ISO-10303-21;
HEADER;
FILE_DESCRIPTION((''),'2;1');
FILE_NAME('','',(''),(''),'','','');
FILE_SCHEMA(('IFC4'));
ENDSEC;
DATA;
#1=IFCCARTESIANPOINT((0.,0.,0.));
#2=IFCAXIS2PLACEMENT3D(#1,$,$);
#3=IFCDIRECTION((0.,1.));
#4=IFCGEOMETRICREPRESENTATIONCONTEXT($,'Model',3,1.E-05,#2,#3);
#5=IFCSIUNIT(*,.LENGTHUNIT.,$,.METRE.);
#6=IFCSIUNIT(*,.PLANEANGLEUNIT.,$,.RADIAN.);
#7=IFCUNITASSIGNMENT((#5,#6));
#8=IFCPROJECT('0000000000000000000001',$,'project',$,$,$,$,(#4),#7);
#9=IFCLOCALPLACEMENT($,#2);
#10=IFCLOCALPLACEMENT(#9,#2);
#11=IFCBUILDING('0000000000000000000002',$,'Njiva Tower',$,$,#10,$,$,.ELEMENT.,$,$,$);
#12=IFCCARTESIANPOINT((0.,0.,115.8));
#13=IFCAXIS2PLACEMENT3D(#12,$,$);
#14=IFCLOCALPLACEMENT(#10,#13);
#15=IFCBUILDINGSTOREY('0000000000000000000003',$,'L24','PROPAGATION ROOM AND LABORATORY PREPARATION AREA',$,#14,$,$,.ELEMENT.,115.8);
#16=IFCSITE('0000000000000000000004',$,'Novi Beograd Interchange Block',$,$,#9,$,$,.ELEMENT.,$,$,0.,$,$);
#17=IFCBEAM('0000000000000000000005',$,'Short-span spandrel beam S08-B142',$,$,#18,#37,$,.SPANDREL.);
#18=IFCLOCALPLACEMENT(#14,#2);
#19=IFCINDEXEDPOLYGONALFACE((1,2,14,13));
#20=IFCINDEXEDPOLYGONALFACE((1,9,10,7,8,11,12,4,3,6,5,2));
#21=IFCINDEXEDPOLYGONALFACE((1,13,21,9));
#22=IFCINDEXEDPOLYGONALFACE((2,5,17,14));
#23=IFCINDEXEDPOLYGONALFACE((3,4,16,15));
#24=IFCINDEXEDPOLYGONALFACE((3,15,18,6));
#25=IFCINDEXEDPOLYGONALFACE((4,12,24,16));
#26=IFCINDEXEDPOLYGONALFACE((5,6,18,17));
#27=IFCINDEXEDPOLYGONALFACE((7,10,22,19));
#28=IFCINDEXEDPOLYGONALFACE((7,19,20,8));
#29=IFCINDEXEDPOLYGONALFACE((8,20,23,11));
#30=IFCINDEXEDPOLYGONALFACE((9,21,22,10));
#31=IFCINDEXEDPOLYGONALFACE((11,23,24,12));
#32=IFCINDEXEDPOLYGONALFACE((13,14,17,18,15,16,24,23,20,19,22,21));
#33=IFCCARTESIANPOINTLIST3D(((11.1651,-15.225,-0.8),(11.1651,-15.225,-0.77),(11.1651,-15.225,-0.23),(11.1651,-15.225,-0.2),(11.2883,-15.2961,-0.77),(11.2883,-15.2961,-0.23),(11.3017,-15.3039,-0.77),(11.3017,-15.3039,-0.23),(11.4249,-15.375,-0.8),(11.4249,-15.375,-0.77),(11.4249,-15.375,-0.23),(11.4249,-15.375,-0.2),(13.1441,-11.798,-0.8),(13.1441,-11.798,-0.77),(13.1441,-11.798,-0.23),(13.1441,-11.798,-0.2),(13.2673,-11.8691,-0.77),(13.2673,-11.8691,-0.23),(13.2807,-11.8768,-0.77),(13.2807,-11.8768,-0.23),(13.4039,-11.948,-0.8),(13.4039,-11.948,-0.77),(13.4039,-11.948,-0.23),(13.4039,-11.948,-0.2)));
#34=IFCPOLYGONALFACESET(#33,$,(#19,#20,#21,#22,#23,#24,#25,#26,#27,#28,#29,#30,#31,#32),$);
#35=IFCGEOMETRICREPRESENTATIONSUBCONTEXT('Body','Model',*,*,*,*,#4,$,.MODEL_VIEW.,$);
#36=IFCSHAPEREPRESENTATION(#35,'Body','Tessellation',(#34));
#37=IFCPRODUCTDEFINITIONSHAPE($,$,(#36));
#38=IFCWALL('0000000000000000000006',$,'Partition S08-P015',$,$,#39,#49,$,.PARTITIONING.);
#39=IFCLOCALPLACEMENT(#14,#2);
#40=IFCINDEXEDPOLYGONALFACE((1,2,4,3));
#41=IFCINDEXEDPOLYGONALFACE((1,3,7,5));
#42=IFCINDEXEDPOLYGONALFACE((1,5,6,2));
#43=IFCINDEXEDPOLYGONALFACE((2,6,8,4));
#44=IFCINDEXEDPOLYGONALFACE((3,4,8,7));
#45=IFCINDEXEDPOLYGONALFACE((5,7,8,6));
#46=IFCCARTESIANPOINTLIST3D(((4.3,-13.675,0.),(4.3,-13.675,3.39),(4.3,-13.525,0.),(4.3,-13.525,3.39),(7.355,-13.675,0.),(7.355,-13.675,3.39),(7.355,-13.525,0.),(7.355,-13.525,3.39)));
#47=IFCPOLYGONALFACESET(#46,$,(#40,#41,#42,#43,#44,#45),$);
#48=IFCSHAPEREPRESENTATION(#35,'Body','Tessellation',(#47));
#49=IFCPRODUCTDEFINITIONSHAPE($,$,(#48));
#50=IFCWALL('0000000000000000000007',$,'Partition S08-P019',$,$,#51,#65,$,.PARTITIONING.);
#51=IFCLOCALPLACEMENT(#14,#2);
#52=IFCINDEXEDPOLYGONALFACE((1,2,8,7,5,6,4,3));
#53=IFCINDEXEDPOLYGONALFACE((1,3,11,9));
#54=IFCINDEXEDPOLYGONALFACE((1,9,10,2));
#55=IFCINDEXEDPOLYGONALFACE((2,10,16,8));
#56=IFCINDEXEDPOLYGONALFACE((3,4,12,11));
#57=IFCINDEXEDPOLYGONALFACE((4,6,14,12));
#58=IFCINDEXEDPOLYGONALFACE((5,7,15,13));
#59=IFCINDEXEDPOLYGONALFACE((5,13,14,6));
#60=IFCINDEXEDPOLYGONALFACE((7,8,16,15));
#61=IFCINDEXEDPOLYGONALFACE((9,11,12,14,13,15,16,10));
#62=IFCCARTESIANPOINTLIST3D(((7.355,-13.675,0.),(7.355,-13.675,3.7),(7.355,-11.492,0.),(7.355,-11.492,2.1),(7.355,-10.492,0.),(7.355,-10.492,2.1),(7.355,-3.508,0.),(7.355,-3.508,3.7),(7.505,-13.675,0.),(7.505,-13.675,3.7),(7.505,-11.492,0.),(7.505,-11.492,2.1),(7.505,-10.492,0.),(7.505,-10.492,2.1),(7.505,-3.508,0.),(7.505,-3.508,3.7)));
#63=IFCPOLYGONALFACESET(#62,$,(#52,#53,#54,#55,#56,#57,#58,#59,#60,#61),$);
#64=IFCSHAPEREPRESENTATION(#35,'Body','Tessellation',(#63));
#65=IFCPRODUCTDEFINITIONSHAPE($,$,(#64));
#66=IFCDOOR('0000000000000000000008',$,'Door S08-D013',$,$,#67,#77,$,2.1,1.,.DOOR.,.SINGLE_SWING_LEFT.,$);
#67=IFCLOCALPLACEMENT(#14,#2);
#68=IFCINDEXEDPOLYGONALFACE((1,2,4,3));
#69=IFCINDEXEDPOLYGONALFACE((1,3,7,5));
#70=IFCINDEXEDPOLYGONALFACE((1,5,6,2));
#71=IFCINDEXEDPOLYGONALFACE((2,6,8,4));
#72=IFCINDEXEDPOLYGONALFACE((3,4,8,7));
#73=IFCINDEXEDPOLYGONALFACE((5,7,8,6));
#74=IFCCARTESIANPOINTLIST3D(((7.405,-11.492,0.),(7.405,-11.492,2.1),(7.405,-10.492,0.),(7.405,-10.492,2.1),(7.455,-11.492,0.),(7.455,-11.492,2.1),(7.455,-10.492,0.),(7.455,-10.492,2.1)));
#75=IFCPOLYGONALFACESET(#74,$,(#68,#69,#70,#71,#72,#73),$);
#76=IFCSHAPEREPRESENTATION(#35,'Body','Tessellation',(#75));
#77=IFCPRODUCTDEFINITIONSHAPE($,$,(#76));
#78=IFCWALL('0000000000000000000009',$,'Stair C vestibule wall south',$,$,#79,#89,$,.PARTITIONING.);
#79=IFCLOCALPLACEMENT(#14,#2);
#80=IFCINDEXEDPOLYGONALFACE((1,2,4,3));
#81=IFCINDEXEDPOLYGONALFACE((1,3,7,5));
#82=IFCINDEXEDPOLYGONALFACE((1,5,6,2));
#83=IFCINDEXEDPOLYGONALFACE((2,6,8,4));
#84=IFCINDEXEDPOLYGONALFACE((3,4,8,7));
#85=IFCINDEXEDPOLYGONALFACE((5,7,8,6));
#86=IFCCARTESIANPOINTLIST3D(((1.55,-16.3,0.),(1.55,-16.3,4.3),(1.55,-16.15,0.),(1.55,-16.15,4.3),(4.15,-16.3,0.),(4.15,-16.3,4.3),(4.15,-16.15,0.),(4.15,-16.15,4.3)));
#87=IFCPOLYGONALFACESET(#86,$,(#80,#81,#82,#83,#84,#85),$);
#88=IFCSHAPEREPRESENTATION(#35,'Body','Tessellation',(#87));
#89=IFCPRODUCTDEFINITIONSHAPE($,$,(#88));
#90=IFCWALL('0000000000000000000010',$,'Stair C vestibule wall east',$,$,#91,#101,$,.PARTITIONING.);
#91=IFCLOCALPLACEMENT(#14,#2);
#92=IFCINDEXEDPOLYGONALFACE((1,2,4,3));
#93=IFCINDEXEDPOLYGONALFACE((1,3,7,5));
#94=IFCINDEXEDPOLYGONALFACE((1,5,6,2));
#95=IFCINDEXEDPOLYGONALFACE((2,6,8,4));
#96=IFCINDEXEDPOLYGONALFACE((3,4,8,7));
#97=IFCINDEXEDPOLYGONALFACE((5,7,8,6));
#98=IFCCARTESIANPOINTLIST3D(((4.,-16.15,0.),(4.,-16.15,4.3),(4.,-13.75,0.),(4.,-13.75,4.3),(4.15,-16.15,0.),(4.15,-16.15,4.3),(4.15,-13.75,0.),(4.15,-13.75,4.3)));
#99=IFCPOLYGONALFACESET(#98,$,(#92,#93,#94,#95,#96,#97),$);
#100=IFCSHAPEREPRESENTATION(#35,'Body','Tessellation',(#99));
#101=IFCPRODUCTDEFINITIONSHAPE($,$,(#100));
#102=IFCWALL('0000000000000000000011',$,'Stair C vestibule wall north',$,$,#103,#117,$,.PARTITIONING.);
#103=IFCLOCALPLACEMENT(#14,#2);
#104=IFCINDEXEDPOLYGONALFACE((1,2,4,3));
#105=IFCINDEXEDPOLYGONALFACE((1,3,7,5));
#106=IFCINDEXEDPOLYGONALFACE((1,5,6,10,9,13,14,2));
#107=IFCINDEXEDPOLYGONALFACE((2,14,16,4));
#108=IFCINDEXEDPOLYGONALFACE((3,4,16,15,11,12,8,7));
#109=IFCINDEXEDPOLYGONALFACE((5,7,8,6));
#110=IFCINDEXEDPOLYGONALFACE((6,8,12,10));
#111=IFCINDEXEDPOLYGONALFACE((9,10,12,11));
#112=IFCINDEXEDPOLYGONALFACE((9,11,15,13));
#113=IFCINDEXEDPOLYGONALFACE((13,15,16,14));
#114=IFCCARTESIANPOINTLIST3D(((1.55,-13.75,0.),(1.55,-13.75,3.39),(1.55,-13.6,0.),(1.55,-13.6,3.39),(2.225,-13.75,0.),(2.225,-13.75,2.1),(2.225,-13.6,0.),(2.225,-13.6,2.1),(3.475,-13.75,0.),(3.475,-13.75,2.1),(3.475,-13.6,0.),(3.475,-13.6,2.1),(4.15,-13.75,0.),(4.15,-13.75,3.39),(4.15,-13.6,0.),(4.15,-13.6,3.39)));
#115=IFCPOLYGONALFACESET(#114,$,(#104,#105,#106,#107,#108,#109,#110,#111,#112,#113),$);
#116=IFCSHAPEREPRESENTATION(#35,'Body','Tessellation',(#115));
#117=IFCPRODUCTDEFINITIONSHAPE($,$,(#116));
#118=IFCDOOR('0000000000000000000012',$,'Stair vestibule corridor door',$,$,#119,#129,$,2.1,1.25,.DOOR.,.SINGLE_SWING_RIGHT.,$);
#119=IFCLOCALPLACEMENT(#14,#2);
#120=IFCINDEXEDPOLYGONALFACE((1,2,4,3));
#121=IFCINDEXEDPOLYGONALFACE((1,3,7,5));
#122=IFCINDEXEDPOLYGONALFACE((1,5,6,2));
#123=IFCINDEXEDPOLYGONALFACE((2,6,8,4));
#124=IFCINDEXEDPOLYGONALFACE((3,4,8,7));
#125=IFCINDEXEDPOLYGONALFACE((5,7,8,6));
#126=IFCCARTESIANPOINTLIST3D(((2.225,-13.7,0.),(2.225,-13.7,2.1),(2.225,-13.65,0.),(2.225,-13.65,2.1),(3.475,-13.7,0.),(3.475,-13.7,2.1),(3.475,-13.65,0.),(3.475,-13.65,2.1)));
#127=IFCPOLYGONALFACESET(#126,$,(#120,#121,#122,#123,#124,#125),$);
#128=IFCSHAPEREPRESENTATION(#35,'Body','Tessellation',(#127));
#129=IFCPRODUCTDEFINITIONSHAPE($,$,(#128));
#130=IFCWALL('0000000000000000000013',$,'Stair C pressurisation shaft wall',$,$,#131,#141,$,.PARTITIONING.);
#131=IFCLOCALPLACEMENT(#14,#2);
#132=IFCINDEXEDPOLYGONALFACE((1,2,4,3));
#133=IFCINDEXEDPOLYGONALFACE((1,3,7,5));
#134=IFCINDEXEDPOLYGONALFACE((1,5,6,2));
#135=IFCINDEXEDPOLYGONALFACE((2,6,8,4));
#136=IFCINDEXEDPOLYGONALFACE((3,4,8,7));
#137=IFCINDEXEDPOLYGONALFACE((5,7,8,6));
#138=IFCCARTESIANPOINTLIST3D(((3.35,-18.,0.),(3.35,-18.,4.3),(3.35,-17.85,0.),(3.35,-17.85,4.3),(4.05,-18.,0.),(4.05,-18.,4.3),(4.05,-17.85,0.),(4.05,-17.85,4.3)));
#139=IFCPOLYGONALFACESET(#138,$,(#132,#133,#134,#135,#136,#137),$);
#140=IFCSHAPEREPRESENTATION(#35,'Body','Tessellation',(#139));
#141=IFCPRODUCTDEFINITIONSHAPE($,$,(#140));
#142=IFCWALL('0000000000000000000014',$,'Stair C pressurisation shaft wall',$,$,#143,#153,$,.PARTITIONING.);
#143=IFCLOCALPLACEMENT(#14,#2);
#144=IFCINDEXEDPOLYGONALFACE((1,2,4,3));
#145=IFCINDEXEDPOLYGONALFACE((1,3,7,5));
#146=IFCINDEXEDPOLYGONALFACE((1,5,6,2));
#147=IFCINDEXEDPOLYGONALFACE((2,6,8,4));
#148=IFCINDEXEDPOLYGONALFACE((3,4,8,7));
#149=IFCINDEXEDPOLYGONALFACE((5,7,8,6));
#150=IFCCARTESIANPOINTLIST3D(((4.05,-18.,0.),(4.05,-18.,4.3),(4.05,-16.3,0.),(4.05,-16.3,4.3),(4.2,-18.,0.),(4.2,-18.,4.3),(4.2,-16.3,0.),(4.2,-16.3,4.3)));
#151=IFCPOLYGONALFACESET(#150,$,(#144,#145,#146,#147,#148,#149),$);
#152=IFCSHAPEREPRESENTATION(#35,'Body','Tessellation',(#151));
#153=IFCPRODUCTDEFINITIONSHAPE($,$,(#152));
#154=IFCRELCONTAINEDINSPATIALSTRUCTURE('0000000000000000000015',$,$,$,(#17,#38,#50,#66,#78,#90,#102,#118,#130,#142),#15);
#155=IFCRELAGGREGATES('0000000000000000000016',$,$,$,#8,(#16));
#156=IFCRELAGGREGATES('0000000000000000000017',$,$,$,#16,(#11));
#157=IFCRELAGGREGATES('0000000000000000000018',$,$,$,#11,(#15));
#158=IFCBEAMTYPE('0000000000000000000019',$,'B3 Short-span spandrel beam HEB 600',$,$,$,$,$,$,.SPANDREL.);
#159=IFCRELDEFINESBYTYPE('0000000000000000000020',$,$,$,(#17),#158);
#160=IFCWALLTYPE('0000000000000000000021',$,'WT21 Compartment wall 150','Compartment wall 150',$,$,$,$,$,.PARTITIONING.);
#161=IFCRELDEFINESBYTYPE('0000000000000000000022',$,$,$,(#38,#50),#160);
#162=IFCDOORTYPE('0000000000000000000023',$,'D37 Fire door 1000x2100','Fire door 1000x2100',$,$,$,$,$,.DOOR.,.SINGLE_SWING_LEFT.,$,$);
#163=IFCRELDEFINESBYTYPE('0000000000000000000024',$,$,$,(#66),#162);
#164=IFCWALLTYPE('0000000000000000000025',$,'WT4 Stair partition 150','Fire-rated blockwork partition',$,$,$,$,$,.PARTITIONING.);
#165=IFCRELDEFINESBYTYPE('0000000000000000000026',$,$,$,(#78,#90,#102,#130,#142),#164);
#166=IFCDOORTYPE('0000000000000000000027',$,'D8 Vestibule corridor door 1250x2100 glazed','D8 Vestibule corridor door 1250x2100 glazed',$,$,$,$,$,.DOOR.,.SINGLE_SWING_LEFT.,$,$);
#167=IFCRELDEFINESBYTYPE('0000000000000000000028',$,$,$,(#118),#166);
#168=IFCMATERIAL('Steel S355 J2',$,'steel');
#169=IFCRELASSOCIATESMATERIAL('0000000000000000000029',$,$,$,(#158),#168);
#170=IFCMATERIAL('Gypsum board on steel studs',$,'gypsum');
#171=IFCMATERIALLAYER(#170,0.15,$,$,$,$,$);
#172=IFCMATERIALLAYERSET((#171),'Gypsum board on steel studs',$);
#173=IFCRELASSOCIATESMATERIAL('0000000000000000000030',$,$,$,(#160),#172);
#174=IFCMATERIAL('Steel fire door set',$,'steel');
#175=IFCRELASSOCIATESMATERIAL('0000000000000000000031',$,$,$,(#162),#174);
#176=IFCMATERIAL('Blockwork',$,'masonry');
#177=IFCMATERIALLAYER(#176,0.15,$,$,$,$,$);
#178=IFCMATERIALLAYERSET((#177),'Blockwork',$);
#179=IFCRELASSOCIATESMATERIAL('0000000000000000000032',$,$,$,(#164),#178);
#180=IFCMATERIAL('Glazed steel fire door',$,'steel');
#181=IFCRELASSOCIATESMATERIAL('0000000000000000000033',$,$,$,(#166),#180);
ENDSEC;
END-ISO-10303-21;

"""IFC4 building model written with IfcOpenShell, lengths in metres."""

from ifc_helpers import new_model, si_unit, direction, frame, frame_2d, origin, origin_2d, place, context, subcontext, project, spatial, rectangle, i_section, extrude, material, layer, layer_set, material_profile, profile_set, type_object, element, fill, save


model = new_model("IFC4")

# Units and contexts
model_context = context("Model", 3, precision=1e-05, world=origin(), true_north=direction((0.0, 1.0)))
body_context = subcontext(model_context, "Body", "Model", "MODEL_VIEW")
ifc_project = project(units=[si_unit("LENGTHUNIT", "METRE"), si_unit("PLANEANGLEUNIT", "RADIAN")], contexts=[model_context])

# Site, building, storey
site_placement = place(None, origin())
site = spatial("IfcSite", under=ifc_project, at=site_placement, Name="Novi Beograd Interchange Block", CompositionType="ELEMENT", RefElevation=0.0)
building_placement = place(site_placement, origin())
building = spatial("IfcBuilding", under=site, at=building_placement, Name="Njiva Tower", CompositionType="ELEMENT")
storey_placement = place(building_placement, frame((0.0, 0.0, 115.8)))
storey = spatial("IfcBuildingStorey", under=building, at=storey_placement, Name="L24", Description="PROPAGATION ROOM AND LABORATORY PREPARATION AREA", CompositionType="ELEMENT", Elevation=115.8)

# Shared definitions
ifc_material_1 = material(Name="Steel S355 J2", Category="steel")

# Beam
ifc_material_profile_1 = material_profile(ifc_material_1, i_section(OverallWidth=0.3, OverallDepth=0.6, WebThickness=0.0155, FlangeThickness=0.03, at=origin_2d()), Name="HEB 600")
ifc_profile_set_1 = profile_set([ifc_material_profile_1], Name="Steel S355 J2")
beam_type_1 = type_object("IfcBeamType", Name="B3 Short-span spandrel beam HEB 600", PredefinedType="SPANDREL", material=ifc_profile_set_1)
beam_1_placement = place(storey_placement, frame((11.295, -15.3, -0.5), z_axis=(0.50008, 0.865979, 0.0), x_axis=(-0.865979, 0.50008, 0.0)))
element("IfcBeam", 1, at=beam_1_placement, inside=storey, type_object=beam_type_1, Name="Short-span spandrel beam S08-B142", PredefinedType="SPANDREL", context=body_context, shape_type="SweptSolid", body=[
    extrude(i_section(OverallWidth=0.3, OverallDepth=0.6, WebThickness=0.0155, FlangeThickness=0.03, at=origin_2d()), origin(), (0.0, 0.0, 1.0), 3.9574),
])

# Wall
ifc_material_2 = material(Name="Gypsum board on steel studs", Category="gypsum")
ifc_layer_1 = layer(ifc_material_2, 0.15)
ifc_layer_set_1 = layer_set([ifc_layer_1], Name="Gypsum board on steel studs")
wall_type_1 = type_object("IfcWallType", Name="WT21 Compartment wall 150", Description="Compartment wall 150", PredefinedType="PARTITIONING", material=ifc_layer_set_1)
wall_1_placement = place(storey_placement, frame((4.3, -13.6, 0.0), z_axis=(0.0, 0.0, 1.0), x_axis=(1.0, 0.0, 0.0)))
element("IfcWall", 2, at=wall_1_placement, inside=storey, type_object=wall_type_1, Name="Partition S08-P015", PredefinedType="PARTITIONING", context=body_context, shape_type="SweptSolid", body=[
    extrude(rectangle(XDim=3.055, YDim=0.15, at=frame_2d((1.5275, 0.0))), origin(), (0.0, 0.0, 1.0), 3.39),
])

# Wall, opening, door
wall_2_placement = place(storey_placement, frame((7.43, -13.675, 0.0), z_axis=(0.0, 0.0, 1.0), x_axis=(0.0, 1.0, 0.0)))
wall_2 = element("IfcWall", 3, at=wall_2_placement, inside=storey, type_object=wall_type_1, Name="Partition S08-P019", PredefinedType="PARTITIONING", context=body_context, shape_type="SweptSolid", body=[
    extrude(rectangle(XDim=10.167, YDim=0.15, at=frame_2d((5.0835, 0.0))), origin(), (0.0, 0.0, 1.0), 3.7),
])
opening_1_placement = place(wall_2_placement, frame((2.183, 0.0, 0.0)))
opening_1 = element("IfcOpeningElement", 4, at=opening_1_placement, cuts=wall_2, PredefinedType="OPENING", context=body_context, shape_type="SweptSolid", body=[
    extrude(rectangle(XDim=1.0, YDim=2.1, at=frame_2d((0.5, 1.05))), frame((0.0, 0.085, 0.0), z_axis=(0.0, -1.0, 0.0), x_axis=(1.0, 0.0, 0.0)), (0.0, 0.0, 1.0), 0.17),
])
ifc_material_3 = material(Name="Steel fire door set", Category="steel")
door_type_1 = type_object("IfcDoorType", Name="D37 Fire door 1000x2100", Description="Fire door 1000x2100", OperationType="SINGLE_SWING_LEFT", PredefinedType="DOOR", material=ifc_material_3)
door_1_placement = place(opening_1_placement, origin())
door_1 = element("IfcDoor", 5, at=door_1_placement, inside=storey, type_object=door_type_1, Name="Door S08-D013", OperationType="SINGLE_SWING_LEFT", OverallHeight=2.1, OverallWidth=1.0, PredefinedType="DOOR", context=body_context, shape_type="SweptSolid", body=[
    extrude(rectangle(XDim=1.0, YDim=2.1, at=frame_2d((0.5, 1.05))), frame((0.0, 0.025, 0.0), z_axis=(0.0, -1.0, 0.0), x_axis=(1.0, 0.0, 0.0)), (0.0, 0.0, 1.0), 0.05),
])
fill(opening_1, door_1)

# Walls
ifc_material_4 = material(Name="Blockwork", Category="masonry")
ifc_layer_2 = layer(ifc_material_4, 0.15)
ifc_layer_set_2 = layer_set([ifc_layer_2], Name="Blockwork")
wall_type_2 = type_object("IfcWallType", Name="WT4 Stair partition 150", Description="Fire-rated blockwork partition", PredefinedType="PARTITIONING", material=ifc_layer_set_2)
wall_3_placement = place(storey_placement, frame((1.55, -16.225, 0.0), z_axis=(0.0, 0.0, 1.0), x_axis=(1.0, 0.0, 0.0)))
element("IfcWall", 6, at=wall_3_placement, inside=storey, type_object=wall_type_2, Name="Stair C vestibule wall south", PredefinedType="PARTITIONING", context=body_context, shape_type="SweptSolid", body=[
    extrude(rectangle(XDim=2.6, YDim=0.15, at=frame_2d((1.3, 0.0))), origin(), (0.0, 0.0, 1.0), 4.3),
])
wall_4_placement = place(storey_placement, frame((4.075, -16.15, 0.0), z_axis=(0.0, 0.0, 1.0), x_axis=(0.0, 1.0, 0.0)))
element("IfcWall", 7, at=wall_4_placement, inside=storey, type_object=wall_type_2, Name="Stair C vestibule wall east", PredefinedType="PARTITIONING", context=body_context, shape_type="SweptSolid", body=[
    extrude(rectangle(XDim=2.4, YDim=0.15, at=frame_2d((1.2, 0.0))), origin(), (0.0, 0.0, 1.0), 4.3),
])

# Wall, opening, door
wall_5_placement = place(storey_placement, frame((1.55, -13.675, 0.0), z_axis=(0.0, 0.0, 1.0), x_axis=(1.0, 0.0, 0.0)))
wall_5 = element("IfcWall", 8, at=wall_5_placement, inside=storey, type_object=wall_type_2, Name="Stair C vestibule wall north", PredefinedType="PARTITIONING", context=body_context, shape_type="SweptSolid", body=[
    extrude(rectangle(XDim=2.6, YDim=0.15, at=frame_2d((1.3, 0.0))), origin(), (0.0, 0.0, 1.0), 3.39),
])
opening_2_placement = place(wall_5_placement, frame((0.675, 0.0, 0.0)))
opening_2 = element("IfcOpeningElement", 9, at=opening_2_placement, cuts=wall_5, PredefinedType="OPENING", context=body_context, shape_type="SweptSolid", body=[
    extrude(rectangle(XDim=1.25, YDim=2.1, at=frame_2d((0.625, 1.05))), frame((0.0, 0.085, 0.0), z_axis=(0.0, -1.0, 0.0), x_axis=(1.0, 0.0, 0.0)), (0.0, 0.0, 1.0), 0.17),
])
ifc_material_5 = material(Name="Glazed steel fire door", Category="steel")
door_type_2 = type_object("IfcDoorType", Name="D8 Vestibule corridor door 1250x2100 glazed", Description="D8 Vestibule corridor door 1250x2100 glazed", OperationType="SINGLE_SWING_LEFT", PredefinedType="DOOR", material=ifc_material_5)
door_2_placement = place(opening_2_placement, origin())
door_2 = element("IfcDoor", 10, at=door_2_placement, inside=storey, type_object=door_type_2, Name="Stair vestibule corridor door", OperationType="SINGLE_SWING_RIGHT", OverallHeight=2.1, OverallWidth=1.25, PredefinedType="DOOR", context=body_context, shape_type="SweptSolid", body=[
    extrude(rectangle(XDim=1.25, YDim=2.1, at=frame_2d((0.625, 1.05))), frame((0.0, 0.025, 0.0), z_axis=(0.0, -1.0, 0.0), x_axis=(1.0, 0.0, 0.0)), (0.0, 0.0, 1.0), 0.05),
])
fill(opening_2, door_2)

# Walls
wall_6_placement = place(storey_placement, frame((3.35, -17.925, 0.0), z_axis=(0.0, 0.0, 1.0), x_axis=(1.0, 0.0, 0.0)))
element("IfcWall", 11, at=wall_6_placement, inside=storey, type_object=wall_type_2, Name="Stair C pressurisation shaft wall", PredefinedType="PARTITIONING", context=body_context, shape_type="SweptSolid", body=[
    extrude(rectangle(XDim=0.7, YDim=0.15, at=frame_2d((0.35, 0.0))), origin(), (0.0, 0.0, 1.0), 4.3),
])
wall_7_placement = place(storey_placement, frame((4.125, -18.0, 0.0), z_axis=(0.0, 0.0, 1.0), x_axis=(0.0, 1.0, 0.0)))
element("IfcWall", 12, at=wall_7_placement, inside=storey, type_object=wall_type_2, Name="Stair C pressurisation shaft wall", PredefinedType="PARTITIONING", context=body_context, shape_type="SweptSolid", body=[
    extrude(rectangle(XDim=1.7, YDim=0.15, at=frame_2d((0.85, 0.0))), origin(), (0.0, 0.0, 1.0), 4.3),
])

save(model, "model.ifc")
